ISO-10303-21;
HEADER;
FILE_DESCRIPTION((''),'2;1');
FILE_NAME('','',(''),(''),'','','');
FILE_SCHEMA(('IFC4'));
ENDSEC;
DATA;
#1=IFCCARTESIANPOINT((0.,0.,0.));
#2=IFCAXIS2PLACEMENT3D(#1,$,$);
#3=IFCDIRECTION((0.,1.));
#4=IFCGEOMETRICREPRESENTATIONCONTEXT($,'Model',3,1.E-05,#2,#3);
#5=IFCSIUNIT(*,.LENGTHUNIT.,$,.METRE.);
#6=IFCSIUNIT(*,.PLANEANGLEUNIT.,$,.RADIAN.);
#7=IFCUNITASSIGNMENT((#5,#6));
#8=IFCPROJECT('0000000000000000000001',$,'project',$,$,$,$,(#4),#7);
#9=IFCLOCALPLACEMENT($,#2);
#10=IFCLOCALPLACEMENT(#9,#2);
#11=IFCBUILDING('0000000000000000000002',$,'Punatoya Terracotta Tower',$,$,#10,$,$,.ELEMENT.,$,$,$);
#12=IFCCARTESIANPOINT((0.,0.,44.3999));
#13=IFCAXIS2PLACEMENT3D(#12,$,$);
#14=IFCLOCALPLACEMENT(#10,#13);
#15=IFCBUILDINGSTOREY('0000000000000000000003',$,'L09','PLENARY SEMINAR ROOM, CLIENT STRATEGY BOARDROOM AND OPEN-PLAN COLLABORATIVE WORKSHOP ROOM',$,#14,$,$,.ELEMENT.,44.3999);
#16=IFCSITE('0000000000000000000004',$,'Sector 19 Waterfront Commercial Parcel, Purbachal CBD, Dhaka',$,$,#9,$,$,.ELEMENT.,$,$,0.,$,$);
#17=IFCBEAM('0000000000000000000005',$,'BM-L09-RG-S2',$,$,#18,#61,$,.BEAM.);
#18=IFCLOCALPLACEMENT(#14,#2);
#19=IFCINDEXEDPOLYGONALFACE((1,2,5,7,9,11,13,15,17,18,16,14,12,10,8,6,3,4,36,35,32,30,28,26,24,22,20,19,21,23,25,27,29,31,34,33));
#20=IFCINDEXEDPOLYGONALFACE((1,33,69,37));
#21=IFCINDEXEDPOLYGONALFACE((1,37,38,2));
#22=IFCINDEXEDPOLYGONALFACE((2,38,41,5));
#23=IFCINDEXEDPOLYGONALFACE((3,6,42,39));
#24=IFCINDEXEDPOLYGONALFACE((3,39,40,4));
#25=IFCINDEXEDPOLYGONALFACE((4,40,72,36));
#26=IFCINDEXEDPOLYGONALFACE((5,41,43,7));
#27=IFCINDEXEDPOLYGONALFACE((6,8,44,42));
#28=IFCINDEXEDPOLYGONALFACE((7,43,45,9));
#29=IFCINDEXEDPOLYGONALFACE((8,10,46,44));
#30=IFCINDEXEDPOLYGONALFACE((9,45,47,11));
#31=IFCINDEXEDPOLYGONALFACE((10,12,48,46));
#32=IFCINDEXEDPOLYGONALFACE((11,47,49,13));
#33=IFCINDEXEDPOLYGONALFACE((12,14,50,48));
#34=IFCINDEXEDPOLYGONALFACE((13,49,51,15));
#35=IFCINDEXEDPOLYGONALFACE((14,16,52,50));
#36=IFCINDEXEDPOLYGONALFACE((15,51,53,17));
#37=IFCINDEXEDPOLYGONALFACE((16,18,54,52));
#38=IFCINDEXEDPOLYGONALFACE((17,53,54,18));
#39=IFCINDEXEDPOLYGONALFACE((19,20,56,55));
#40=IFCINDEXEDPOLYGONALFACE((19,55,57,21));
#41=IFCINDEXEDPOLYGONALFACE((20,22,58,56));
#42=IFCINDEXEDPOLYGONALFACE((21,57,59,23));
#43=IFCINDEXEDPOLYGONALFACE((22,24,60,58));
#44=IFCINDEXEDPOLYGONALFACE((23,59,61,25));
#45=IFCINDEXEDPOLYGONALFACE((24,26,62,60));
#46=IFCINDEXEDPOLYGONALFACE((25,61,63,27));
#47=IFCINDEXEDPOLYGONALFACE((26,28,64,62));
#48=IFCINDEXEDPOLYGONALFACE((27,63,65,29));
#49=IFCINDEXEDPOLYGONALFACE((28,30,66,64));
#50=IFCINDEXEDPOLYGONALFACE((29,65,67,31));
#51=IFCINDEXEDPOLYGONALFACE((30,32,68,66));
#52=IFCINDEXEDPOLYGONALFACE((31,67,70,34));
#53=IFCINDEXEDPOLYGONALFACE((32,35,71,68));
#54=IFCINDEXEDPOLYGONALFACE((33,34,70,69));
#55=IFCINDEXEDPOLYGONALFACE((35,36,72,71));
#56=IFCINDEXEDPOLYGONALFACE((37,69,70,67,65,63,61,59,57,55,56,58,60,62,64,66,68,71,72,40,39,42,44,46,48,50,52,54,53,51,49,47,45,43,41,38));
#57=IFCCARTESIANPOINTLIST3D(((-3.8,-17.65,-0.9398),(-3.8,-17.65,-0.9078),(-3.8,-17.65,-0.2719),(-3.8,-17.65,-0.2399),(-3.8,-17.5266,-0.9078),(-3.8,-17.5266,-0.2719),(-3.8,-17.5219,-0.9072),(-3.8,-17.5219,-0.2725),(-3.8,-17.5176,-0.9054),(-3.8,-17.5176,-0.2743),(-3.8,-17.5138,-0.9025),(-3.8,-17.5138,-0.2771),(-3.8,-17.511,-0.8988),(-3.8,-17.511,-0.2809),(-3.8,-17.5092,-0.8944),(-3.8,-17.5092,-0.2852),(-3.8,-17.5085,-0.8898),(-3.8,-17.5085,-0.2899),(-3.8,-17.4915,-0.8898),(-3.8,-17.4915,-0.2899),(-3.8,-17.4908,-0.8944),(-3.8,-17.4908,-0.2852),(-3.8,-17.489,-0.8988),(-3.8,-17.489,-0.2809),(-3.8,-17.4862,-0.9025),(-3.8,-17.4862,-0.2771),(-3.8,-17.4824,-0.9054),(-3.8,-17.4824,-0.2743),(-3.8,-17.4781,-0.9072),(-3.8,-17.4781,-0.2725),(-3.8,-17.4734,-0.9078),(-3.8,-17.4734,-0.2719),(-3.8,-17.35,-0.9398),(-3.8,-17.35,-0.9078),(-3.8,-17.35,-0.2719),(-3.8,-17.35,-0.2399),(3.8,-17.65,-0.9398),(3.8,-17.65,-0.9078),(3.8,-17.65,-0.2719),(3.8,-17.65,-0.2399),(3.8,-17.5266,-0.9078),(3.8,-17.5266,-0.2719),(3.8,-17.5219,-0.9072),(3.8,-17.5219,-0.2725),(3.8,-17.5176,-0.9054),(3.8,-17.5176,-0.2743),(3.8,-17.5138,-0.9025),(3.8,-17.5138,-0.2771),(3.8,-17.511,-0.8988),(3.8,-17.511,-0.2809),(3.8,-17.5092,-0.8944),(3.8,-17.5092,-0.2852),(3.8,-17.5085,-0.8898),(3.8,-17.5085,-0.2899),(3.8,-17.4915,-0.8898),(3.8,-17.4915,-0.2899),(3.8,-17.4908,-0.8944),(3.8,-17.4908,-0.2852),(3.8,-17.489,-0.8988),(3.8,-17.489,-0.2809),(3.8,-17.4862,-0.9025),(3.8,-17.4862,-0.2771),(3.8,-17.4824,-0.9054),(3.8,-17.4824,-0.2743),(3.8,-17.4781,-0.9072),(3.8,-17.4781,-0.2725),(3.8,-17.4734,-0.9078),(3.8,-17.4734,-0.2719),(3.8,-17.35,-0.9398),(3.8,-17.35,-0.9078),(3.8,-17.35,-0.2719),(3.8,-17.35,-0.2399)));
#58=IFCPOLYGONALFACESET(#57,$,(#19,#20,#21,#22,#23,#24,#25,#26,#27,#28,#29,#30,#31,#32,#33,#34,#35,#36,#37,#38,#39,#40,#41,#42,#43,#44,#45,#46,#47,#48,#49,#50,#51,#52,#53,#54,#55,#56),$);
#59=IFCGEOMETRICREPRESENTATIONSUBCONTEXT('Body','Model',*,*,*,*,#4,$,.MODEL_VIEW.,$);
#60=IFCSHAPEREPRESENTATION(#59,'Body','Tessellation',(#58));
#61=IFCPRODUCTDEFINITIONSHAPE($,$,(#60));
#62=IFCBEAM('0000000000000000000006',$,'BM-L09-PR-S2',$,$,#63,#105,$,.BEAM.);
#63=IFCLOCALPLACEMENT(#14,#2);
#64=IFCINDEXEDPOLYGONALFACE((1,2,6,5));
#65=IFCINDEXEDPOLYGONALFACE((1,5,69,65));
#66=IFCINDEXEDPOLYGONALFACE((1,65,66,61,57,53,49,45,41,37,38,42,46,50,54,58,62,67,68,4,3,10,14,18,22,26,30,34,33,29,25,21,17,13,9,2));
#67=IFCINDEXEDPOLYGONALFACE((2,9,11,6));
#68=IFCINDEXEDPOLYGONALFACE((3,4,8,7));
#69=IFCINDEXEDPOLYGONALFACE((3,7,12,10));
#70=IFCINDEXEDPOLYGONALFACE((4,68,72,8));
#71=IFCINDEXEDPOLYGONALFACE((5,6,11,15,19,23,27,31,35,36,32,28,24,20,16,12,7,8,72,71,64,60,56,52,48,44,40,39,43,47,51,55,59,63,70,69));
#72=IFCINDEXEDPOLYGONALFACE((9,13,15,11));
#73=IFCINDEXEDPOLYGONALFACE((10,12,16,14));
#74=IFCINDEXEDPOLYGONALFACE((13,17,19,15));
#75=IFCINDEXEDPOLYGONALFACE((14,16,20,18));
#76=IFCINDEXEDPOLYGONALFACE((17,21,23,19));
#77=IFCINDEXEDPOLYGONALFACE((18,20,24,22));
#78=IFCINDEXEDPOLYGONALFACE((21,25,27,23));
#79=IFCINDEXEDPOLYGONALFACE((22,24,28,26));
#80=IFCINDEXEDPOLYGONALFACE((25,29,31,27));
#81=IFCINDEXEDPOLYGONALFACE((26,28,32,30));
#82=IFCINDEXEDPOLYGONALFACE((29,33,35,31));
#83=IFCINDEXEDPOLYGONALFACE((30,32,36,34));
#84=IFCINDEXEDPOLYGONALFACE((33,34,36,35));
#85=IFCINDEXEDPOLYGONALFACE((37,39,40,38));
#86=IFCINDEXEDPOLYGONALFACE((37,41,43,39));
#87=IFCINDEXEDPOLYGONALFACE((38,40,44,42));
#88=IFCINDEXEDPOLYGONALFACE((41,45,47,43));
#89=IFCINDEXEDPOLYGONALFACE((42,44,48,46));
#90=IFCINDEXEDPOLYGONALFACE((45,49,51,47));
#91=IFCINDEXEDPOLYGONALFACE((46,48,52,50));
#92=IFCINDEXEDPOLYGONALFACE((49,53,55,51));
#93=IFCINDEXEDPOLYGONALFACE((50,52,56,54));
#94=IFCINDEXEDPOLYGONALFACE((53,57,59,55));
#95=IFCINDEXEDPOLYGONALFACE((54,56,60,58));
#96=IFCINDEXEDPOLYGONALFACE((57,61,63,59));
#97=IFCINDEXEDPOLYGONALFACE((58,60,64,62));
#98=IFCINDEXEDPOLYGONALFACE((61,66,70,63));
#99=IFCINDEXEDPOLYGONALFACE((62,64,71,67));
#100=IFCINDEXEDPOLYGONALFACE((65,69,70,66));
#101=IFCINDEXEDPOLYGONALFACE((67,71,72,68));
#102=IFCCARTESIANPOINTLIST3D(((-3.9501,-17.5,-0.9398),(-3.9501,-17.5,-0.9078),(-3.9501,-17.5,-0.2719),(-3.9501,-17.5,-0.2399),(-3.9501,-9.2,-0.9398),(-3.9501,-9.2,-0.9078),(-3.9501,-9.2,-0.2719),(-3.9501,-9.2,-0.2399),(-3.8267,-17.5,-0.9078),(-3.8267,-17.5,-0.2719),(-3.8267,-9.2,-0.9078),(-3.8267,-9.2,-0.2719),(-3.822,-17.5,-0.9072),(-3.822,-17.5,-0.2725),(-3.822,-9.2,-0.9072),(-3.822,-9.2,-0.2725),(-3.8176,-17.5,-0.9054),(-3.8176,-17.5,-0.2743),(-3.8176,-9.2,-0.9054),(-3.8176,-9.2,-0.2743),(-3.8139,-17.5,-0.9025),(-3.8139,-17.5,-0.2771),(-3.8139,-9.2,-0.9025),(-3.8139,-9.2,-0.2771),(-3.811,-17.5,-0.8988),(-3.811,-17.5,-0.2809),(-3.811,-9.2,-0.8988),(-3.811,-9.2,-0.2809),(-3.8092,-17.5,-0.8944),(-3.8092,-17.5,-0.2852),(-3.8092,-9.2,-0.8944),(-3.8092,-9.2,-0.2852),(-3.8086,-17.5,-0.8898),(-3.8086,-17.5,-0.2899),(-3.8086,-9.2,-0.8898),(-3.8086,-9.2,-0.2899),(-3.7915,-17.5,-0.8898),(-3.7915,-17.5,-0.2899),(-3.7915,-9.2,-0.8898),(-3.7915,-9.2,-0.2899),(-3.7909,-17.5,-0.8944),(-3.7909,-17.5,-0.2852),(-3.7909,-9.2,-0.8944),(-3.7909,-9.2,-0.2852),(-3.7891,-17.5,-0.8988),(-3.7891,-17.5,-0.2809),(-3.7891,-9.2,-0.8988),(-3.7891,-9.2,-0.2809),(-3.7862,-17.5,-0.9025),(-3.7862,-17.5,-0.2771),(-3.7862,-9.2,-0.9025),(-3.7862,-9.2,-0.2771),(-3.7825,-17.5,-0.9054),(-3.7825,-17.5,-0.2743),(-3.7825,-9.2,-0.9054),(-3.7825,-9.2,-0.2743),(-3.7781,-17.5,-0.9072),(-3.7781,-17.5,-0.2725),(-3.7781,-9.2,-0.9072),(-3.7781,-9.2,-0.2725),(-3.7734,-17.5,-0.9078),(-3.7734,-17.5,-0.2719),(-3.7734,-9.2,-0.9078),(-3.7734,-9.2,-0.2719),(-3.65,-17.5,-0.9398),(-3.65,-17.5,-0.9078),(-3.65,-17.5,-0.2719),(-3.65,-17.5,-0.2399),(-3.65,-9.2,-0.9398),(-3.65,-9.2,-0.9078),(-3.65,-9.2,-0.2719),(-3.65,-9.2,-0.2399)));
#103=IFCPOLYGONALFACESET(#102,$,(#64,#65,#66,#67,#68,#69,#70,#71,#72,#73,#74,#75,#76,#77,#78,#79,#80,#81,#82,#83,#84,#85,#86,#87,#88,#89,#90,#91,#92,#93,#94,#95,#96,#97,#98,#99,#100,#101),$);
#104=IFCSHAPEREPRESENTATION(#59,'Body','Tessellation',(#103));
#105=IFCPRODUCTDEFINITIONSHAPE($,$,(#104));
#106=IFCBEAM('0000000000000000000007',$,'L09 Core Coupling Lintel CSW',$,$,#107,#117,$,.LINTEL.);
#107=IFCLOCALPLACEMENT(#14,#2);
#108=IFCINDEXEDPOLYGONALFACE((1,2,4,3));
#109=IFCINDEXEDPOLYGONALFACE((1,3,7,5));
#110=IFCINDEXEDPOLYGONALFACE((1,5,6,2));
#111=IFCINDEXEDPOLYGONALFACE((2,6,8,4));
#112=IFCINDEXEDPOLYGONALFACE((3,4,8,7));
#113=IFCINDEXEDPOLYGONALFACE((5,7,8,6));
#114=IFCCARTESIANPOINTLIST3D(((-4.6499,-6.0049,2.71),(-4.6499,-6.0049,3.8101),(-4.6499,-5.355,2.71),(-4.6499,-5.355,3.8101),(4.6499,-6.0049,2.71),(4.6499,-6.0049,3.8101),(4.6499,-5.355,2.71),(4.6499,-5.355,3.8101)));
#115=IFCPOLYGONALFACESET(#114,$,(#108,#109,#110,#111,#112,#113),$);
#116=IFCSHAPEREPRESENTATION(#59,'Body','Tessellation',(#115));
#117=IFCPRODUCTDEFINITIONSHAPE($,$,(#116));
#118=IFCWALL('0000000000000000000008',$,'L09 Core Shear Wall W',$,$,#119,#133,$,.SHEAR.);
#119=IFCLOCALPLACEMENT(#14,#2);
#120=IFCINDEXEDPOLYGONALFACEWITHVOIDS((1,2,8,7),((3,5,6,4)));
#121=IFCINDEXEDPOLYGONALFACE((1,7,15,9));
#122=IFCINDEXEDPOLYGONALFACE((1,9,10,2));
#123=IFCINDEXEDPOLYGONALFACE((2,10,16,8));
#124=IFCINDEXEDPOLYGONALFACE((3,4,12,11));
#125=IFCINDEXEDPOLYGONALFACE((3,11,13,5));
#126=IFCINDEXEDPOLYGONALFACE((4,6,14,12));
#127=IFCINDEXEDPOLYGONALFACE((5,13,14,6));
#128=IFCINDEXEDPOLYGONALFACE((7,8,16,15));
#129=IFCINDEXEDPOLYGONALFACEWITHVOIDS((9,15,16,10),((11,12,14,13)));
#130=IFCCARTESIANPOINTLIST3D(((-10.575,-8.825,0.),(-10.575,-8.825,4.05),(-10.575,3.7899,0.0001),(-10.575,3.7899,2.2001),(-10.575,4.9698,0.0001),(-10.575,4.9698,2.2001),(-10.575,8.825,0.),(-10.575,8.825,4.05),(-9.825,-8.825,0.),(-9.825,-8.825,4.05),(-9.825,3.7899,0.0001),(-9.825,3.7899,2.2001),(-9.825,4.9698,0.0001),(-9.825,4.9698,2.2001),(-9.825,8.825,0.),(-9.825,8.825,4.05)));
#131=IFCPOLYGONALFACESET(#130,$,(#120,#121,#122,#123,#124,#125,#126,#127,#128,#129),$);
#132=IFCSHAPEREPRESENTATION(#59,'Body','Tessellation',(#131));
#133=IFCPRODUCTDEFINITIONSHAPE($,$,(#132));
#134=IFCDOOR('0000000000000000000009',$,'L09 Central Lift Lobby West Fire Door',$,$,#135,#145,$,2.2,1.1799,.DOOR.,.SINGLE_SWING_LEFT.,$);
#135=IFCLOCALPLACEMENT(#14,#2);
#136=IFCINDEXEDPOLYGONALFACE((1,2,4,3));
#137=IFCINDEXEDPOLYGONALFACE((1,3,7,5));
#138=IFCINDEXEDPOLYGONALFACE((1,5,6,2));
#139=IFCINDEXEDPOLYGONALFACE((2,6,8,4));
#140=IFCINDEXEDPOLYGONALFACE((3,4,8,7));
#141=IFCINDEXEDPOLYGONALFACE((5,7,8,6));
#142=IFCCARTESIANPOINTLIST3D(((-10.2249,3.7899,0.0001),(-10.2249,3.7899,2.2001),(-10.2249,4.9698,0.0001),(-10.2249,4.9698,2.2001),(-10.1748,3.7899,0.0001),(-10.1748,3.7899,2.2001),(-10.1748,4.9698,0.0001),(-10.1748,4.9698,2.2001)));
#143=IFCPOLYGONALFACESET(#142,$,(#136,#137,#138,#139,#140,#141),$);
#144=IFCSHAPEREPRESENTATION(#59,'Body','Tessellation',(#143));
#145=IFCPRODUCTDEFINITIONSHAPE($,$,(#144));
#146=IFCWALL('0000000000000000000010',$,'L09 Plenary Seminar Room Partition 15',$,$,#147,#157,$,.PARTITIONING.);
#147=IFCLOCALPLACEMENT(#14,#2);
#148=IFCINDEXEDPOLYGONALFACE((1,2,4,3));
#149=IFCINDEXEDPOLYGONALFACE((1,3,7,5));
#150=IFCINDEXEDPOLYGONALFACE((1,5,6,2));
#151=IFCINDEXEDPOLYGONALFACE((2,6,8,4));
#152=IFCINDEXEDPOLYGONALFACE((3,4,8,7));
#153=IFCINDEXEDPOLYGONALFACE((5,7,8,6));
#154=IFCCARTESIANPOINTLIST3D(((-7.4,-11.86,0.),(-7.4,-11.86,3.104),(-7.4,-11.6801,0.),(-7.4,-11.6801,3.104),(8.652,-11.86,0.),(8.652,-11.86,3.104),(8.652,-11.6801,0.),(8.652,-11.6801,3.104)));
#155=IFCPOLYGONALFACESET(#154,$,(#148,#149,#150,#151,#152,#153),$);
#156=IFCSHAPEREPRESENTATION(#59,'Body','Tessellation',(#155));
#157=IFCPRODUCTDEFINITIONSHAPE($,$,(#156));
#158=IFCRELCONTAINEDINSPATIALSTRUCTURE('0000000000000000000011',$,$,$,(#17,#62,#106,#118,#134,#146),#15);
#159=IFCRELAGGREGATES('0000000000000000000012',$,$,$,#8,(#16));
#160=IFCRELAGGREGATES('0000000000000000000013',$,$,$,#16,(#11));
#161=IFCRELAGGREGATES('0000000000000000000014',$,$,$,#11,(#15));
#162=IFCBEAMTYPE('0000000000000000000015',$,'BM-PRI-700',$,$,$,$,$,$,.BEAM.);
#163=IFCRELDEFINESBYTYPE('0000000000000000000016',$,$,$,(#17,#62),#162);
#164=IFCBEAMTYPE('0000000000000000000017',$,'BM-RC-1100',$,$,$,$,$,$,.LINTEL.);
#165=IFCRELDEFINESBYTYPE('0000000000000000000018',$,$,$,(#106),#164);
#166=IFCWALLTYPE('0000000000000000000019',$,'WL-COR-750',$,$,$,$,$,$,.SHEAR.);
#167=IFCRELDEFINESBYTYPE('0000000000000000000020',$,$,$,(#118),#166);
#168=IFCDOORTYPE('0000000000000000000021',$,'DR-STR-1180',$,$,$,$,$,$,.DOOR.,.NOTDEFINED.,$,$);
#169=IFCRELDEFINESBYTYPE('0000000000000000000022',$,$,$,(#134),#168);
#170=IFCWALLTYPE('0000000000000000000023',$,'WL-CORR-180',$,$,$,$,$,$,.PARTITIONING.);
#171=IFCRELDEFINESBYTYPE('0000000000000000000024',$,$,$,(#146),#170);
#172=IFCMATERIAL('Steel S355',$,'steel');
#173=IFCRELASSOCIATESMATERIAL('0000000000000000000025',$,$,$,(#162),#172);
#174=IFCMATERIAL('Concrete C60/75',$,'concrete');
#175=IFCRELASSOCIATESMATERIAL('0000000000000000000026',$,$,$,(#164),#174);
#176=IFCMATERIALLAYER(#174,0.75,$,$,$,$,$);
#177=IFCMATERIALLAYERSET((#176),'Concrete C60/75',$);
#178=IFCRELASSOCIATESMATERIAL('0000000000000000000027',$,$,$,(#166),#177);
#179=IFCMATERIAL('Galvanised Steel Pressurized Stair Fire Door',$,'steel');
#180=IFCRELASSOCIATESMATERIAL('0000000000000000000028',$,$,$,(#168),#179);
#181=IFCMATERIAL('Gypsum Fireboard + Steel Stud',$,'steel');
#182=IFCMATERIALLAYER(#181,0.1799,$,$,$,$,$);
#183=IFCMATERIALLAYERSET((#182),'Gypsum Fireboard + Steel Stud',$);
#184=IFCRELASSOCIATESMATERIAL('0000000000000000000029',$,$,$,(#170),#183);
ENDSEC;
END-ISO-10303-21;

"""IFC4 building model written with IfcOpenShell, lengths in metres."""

from ifc_helpers import new_model, si_unit, direction, frame, frame_2d, origin, origin_2d, place, context, subcontext, project, spatial, rectangle, i_section, extrude, material, layer, layer_set, material_profile, profile_set, type_object, element, fill, save


model = new_model("IFC4")

# Units and contexts
model_context = context("Model", 3, precision=1e-05, world=origin(), true_north=direction((0.0, 1.0)))
body_context = subcontext(model_context, "Body", "Model", "MODEL_VIEW")
ifc_project = project(units=[si_unit("LENGTHUNIT", "METRE"), si_unit("PLANEANGLEUNIT", "RADIAN")], contexts=[model_context])

# Site, building, storey
site_placement = place(None, origin())
site = spatial("IfcSite", under=ifc_project, at=site_placement, Name="Sector 19 Waterfront Commercial Parcel, Purbachal CBD, Dhaka", CompositionType="ELEMENT", RefElevation=0.0)
building_placement = place(site_placement, origin())
building = spatial("IfcBuilding", under=site, at=building_placement, Name="Punatoya Terracotta Tower", CompositionType="ELEMENT")
storey_placement = place(building_placement, frame((0.0, 0.0, 44.3999)))
storey = spatial("IfcBuildingStorey", under=building, at=storey_placement, Name="L09", Description="PLENARY SEMINAR ROOM, CLIENT STRATEGY BOARDROOM AND OPEN-PLAN COLLABORATIVE WORKSHOP ROOM", CompositionType="ELEMENT", Elevation=44.3999)

# Beams
ifc_material_1 = material(Name="Steel S355", Category="steel")
ifc_material_profile_1 = material_profile(ifc_material_1, i_section(OverallWidth=0.3, OverallDepth=0.7, WebThickness=0.0171, FlangeThickness=0.032, FilletRadius=0.0181, at=origin_2d()))
ifc_profile_set_1 = profile_set([ifc_material_profile_1], Name="Steel S355")
beam_type_1 = type_object("IfcBeamType", Name="BM-PRI-700", PredefinedType="BEAM", material=ifc_profile_set_1)
beam_1_placement = place(storey_placement, frame((-3.8, -17.5, -0.5898), z_axis=(1.0, 0.0, 0.0), x_axis=(0.0, 1.0, 0.0)))
element("IfcBeam", 1, at=beam_1_placement, inside=storey, type_object=beam_type_1, Name="BM-L09-RG-S2", PredefinedType="BEAM", context=body_context, shape_type="SweptSolid", body=[
    extrude(i_section(OverallWidth=0.3, OverallDepth=0.7, WebThickness=0.0171, FlangeThickness=0.032, FilletRadius=0.0181, at=origin_2d()), origin(), (0.0, 0.0, 1.0), 7.6001),
])
beam_2_placement = place(storey_placement, frame((-3.8, -17.5, -0.5898), z_axis=(0.0, 1.0, 0.0), x_axis=(-1.0, 0.0, 0.0)))
element("IfcBeam", 2, at=beam_2_placement, inside=storey, type_object=beam_type_1, Name="BM-L09-PR-S2", PredefinedType="BEAM", context=body_context, shape_type="SweptSolid", body=[
    extrude(i_section(OverallWidth=0.3, OverallDepth=0.7, WebThickness=0.0171, FlangeThickness=0.032, FilletRadius=0.0181, at=origin_2d()), origin(), (0.0, 0.0, 1.0), 8.3),
])
ifc_material_2 = material(Name="Concrete C60/75", Category="concrete")
ifc_material_profile_2 = material_profile(ifc_material_2, rectangle(XDim=0.6499, YDim=1.1001, at=origin_2d()))
ifc_profile_set_2 = profile_set([ifc_material_profile_2], Name="Concrete C60/75")
beam_type_2 = type_object("IfcBeamType", Name="BM-RC-1100", PredefinedType="LINTEL", material=ifc_profile_set_2)
beam_3_placement = place(storey_placement, frame((-4.6499, -5.6799, 3.26), z_axis=(1.0, 0.0, 0.0), x_axis=(0.0, 1.0, 0.0)))
element("IfcBeam", 3, at=beam_3_placement, inside=storey, type_object=beam_type_2, Name="L09 Core Coupling Lintel CSW", PredefinedType="LINTEL", context=body_context, shape_type="SweptSolid", body=[
    extrude(rectangle(XDim=0.6499, YDim=1.1001, at=origin_2d()), origin(), (0.0, 0.0, 1.0), 9.2998),
])

# Wall, opening, door
ifc_layer_1 = layer(ifc_material_2, 0.75)
ifc_layer_set_1 = layer_set([ifc_layer_1], Name="Concrete C60/75")
wall_type_1 = type_object("IfcWallType", Name="WL-COR-750", PredefinedType="SHEAR", material=ifc_layer_set_1)
wall_1_placement = place(storey_placement, frame((-10.2, -8.825, 0.0), z_axis=(0.0, 0.0, 1.0), x_axis=(0.0, 1.0, 0.0)))
wall_1 = element("IfcWall", 4, at=wall_1_placement, inside=storey, type_object=wall_type_1, Name="L09 Core Shear Wall W", PredefinedType="SHEAR", context=body_context, shape_type="SweptSolid", body=[
    extrude(rectangle(XDim=17.6499, YDim=0.75, at=frame_2d((8.825, 0.0))), origin(), (0.0, 0.0, 1.0), 4.05),
])
opening_1_placement = place(wall_1_placement, frame((12.615, 0.0, 0.0)))
opening_1 = element("IfcOpeningElement", 5, at=opening_1_placement, cuts=wall_1, PredefinedType="OPENING", context=body_context, shape_type="SweptSolid", body=[
    extrude(rectangle(XDim=1.1799, YDim=2.2, at=frame_2d((0.5898, 1.1001))), frame((0.0, 0.385, 0.0), z_axis=(0.0, -1.0, 0.0), x_axis=(1.0, 0.0, 0.0)), (0.0, 0.0, 1.0), 0.77),
])
ifc_material_3 = material(Name="Galvanised Steel Pressurized Stair Fire Door", Category="steel")
door_type_1 = type_object("IfcDoorType", Name="DR-STR-1180", OperationType="NOTDEFINED", PredefinedType="DOOR", material=ifc_material_3)
door_1_placement = place(opening_1_placement, origin())
door_1 = element("IfcDoor", 6, at=door_1_placement, inside=storey, type_object=door_type_1, Name="L09 Central Lift Lobby West Fire Door", OperationType="SINGLE_SWING_LEFT", OverallHeight=2.2, OverallWidth=1.1799, PredefinedType="DOOR", context=body_context, shape_type="SweptSolid", body=[
    extrude(rectangle(XDim=1.1799, YDim=2.2, at=frame_2d((0.5898, 1.1001))), frame((0.0, 0.0249, 0.0), z_axis=(0.0, -1.0, 0.0), x_axis=(1.0, 0.0, 0.0)), (0.0, 0.0, 1.0), 0.05),
])
fill(opening_1, door_1)

# Wall
ifc_material_4 = material(Name="Gypsum Fireboard + Steel Stud", Category="steel")
ifc_layer_2 = layer(ifc_material_4, 0.1799)
ifc_layer_set_2 = layer_set([ifc_layer_2], Name="Gypsum Fireboard + Steel Stud")
wall_type_2 = type_object("IfcWallType", Name="WL-CORR-180", PredefinedType="PARTITIONING", material=ifc_layer_set_2)
wall_2_placement = place(storey_placement, frame((-7.3999, -11.77, 0.0), z_axis=(0.0, 0.0, 1.0), x_axis=(1.0, 0.0, 0.0)))
element("IfcWall", 7, at=wall_2_placement, inside=storey, type_object=wall_type_2, Name="L09 Plenary Seminar Room Partition 15", PredefinedType="PARTITIONING", context=body_context, shape_type="SweptSolid", body=[
    extrude(rectangle(XDim=16.052, YDim=0.1799, at=frame_2d((8.0259, 0.0))), origin(), (0.0, 0.0, 1.0), 3.104),
])

save(model, "model.ifc")
